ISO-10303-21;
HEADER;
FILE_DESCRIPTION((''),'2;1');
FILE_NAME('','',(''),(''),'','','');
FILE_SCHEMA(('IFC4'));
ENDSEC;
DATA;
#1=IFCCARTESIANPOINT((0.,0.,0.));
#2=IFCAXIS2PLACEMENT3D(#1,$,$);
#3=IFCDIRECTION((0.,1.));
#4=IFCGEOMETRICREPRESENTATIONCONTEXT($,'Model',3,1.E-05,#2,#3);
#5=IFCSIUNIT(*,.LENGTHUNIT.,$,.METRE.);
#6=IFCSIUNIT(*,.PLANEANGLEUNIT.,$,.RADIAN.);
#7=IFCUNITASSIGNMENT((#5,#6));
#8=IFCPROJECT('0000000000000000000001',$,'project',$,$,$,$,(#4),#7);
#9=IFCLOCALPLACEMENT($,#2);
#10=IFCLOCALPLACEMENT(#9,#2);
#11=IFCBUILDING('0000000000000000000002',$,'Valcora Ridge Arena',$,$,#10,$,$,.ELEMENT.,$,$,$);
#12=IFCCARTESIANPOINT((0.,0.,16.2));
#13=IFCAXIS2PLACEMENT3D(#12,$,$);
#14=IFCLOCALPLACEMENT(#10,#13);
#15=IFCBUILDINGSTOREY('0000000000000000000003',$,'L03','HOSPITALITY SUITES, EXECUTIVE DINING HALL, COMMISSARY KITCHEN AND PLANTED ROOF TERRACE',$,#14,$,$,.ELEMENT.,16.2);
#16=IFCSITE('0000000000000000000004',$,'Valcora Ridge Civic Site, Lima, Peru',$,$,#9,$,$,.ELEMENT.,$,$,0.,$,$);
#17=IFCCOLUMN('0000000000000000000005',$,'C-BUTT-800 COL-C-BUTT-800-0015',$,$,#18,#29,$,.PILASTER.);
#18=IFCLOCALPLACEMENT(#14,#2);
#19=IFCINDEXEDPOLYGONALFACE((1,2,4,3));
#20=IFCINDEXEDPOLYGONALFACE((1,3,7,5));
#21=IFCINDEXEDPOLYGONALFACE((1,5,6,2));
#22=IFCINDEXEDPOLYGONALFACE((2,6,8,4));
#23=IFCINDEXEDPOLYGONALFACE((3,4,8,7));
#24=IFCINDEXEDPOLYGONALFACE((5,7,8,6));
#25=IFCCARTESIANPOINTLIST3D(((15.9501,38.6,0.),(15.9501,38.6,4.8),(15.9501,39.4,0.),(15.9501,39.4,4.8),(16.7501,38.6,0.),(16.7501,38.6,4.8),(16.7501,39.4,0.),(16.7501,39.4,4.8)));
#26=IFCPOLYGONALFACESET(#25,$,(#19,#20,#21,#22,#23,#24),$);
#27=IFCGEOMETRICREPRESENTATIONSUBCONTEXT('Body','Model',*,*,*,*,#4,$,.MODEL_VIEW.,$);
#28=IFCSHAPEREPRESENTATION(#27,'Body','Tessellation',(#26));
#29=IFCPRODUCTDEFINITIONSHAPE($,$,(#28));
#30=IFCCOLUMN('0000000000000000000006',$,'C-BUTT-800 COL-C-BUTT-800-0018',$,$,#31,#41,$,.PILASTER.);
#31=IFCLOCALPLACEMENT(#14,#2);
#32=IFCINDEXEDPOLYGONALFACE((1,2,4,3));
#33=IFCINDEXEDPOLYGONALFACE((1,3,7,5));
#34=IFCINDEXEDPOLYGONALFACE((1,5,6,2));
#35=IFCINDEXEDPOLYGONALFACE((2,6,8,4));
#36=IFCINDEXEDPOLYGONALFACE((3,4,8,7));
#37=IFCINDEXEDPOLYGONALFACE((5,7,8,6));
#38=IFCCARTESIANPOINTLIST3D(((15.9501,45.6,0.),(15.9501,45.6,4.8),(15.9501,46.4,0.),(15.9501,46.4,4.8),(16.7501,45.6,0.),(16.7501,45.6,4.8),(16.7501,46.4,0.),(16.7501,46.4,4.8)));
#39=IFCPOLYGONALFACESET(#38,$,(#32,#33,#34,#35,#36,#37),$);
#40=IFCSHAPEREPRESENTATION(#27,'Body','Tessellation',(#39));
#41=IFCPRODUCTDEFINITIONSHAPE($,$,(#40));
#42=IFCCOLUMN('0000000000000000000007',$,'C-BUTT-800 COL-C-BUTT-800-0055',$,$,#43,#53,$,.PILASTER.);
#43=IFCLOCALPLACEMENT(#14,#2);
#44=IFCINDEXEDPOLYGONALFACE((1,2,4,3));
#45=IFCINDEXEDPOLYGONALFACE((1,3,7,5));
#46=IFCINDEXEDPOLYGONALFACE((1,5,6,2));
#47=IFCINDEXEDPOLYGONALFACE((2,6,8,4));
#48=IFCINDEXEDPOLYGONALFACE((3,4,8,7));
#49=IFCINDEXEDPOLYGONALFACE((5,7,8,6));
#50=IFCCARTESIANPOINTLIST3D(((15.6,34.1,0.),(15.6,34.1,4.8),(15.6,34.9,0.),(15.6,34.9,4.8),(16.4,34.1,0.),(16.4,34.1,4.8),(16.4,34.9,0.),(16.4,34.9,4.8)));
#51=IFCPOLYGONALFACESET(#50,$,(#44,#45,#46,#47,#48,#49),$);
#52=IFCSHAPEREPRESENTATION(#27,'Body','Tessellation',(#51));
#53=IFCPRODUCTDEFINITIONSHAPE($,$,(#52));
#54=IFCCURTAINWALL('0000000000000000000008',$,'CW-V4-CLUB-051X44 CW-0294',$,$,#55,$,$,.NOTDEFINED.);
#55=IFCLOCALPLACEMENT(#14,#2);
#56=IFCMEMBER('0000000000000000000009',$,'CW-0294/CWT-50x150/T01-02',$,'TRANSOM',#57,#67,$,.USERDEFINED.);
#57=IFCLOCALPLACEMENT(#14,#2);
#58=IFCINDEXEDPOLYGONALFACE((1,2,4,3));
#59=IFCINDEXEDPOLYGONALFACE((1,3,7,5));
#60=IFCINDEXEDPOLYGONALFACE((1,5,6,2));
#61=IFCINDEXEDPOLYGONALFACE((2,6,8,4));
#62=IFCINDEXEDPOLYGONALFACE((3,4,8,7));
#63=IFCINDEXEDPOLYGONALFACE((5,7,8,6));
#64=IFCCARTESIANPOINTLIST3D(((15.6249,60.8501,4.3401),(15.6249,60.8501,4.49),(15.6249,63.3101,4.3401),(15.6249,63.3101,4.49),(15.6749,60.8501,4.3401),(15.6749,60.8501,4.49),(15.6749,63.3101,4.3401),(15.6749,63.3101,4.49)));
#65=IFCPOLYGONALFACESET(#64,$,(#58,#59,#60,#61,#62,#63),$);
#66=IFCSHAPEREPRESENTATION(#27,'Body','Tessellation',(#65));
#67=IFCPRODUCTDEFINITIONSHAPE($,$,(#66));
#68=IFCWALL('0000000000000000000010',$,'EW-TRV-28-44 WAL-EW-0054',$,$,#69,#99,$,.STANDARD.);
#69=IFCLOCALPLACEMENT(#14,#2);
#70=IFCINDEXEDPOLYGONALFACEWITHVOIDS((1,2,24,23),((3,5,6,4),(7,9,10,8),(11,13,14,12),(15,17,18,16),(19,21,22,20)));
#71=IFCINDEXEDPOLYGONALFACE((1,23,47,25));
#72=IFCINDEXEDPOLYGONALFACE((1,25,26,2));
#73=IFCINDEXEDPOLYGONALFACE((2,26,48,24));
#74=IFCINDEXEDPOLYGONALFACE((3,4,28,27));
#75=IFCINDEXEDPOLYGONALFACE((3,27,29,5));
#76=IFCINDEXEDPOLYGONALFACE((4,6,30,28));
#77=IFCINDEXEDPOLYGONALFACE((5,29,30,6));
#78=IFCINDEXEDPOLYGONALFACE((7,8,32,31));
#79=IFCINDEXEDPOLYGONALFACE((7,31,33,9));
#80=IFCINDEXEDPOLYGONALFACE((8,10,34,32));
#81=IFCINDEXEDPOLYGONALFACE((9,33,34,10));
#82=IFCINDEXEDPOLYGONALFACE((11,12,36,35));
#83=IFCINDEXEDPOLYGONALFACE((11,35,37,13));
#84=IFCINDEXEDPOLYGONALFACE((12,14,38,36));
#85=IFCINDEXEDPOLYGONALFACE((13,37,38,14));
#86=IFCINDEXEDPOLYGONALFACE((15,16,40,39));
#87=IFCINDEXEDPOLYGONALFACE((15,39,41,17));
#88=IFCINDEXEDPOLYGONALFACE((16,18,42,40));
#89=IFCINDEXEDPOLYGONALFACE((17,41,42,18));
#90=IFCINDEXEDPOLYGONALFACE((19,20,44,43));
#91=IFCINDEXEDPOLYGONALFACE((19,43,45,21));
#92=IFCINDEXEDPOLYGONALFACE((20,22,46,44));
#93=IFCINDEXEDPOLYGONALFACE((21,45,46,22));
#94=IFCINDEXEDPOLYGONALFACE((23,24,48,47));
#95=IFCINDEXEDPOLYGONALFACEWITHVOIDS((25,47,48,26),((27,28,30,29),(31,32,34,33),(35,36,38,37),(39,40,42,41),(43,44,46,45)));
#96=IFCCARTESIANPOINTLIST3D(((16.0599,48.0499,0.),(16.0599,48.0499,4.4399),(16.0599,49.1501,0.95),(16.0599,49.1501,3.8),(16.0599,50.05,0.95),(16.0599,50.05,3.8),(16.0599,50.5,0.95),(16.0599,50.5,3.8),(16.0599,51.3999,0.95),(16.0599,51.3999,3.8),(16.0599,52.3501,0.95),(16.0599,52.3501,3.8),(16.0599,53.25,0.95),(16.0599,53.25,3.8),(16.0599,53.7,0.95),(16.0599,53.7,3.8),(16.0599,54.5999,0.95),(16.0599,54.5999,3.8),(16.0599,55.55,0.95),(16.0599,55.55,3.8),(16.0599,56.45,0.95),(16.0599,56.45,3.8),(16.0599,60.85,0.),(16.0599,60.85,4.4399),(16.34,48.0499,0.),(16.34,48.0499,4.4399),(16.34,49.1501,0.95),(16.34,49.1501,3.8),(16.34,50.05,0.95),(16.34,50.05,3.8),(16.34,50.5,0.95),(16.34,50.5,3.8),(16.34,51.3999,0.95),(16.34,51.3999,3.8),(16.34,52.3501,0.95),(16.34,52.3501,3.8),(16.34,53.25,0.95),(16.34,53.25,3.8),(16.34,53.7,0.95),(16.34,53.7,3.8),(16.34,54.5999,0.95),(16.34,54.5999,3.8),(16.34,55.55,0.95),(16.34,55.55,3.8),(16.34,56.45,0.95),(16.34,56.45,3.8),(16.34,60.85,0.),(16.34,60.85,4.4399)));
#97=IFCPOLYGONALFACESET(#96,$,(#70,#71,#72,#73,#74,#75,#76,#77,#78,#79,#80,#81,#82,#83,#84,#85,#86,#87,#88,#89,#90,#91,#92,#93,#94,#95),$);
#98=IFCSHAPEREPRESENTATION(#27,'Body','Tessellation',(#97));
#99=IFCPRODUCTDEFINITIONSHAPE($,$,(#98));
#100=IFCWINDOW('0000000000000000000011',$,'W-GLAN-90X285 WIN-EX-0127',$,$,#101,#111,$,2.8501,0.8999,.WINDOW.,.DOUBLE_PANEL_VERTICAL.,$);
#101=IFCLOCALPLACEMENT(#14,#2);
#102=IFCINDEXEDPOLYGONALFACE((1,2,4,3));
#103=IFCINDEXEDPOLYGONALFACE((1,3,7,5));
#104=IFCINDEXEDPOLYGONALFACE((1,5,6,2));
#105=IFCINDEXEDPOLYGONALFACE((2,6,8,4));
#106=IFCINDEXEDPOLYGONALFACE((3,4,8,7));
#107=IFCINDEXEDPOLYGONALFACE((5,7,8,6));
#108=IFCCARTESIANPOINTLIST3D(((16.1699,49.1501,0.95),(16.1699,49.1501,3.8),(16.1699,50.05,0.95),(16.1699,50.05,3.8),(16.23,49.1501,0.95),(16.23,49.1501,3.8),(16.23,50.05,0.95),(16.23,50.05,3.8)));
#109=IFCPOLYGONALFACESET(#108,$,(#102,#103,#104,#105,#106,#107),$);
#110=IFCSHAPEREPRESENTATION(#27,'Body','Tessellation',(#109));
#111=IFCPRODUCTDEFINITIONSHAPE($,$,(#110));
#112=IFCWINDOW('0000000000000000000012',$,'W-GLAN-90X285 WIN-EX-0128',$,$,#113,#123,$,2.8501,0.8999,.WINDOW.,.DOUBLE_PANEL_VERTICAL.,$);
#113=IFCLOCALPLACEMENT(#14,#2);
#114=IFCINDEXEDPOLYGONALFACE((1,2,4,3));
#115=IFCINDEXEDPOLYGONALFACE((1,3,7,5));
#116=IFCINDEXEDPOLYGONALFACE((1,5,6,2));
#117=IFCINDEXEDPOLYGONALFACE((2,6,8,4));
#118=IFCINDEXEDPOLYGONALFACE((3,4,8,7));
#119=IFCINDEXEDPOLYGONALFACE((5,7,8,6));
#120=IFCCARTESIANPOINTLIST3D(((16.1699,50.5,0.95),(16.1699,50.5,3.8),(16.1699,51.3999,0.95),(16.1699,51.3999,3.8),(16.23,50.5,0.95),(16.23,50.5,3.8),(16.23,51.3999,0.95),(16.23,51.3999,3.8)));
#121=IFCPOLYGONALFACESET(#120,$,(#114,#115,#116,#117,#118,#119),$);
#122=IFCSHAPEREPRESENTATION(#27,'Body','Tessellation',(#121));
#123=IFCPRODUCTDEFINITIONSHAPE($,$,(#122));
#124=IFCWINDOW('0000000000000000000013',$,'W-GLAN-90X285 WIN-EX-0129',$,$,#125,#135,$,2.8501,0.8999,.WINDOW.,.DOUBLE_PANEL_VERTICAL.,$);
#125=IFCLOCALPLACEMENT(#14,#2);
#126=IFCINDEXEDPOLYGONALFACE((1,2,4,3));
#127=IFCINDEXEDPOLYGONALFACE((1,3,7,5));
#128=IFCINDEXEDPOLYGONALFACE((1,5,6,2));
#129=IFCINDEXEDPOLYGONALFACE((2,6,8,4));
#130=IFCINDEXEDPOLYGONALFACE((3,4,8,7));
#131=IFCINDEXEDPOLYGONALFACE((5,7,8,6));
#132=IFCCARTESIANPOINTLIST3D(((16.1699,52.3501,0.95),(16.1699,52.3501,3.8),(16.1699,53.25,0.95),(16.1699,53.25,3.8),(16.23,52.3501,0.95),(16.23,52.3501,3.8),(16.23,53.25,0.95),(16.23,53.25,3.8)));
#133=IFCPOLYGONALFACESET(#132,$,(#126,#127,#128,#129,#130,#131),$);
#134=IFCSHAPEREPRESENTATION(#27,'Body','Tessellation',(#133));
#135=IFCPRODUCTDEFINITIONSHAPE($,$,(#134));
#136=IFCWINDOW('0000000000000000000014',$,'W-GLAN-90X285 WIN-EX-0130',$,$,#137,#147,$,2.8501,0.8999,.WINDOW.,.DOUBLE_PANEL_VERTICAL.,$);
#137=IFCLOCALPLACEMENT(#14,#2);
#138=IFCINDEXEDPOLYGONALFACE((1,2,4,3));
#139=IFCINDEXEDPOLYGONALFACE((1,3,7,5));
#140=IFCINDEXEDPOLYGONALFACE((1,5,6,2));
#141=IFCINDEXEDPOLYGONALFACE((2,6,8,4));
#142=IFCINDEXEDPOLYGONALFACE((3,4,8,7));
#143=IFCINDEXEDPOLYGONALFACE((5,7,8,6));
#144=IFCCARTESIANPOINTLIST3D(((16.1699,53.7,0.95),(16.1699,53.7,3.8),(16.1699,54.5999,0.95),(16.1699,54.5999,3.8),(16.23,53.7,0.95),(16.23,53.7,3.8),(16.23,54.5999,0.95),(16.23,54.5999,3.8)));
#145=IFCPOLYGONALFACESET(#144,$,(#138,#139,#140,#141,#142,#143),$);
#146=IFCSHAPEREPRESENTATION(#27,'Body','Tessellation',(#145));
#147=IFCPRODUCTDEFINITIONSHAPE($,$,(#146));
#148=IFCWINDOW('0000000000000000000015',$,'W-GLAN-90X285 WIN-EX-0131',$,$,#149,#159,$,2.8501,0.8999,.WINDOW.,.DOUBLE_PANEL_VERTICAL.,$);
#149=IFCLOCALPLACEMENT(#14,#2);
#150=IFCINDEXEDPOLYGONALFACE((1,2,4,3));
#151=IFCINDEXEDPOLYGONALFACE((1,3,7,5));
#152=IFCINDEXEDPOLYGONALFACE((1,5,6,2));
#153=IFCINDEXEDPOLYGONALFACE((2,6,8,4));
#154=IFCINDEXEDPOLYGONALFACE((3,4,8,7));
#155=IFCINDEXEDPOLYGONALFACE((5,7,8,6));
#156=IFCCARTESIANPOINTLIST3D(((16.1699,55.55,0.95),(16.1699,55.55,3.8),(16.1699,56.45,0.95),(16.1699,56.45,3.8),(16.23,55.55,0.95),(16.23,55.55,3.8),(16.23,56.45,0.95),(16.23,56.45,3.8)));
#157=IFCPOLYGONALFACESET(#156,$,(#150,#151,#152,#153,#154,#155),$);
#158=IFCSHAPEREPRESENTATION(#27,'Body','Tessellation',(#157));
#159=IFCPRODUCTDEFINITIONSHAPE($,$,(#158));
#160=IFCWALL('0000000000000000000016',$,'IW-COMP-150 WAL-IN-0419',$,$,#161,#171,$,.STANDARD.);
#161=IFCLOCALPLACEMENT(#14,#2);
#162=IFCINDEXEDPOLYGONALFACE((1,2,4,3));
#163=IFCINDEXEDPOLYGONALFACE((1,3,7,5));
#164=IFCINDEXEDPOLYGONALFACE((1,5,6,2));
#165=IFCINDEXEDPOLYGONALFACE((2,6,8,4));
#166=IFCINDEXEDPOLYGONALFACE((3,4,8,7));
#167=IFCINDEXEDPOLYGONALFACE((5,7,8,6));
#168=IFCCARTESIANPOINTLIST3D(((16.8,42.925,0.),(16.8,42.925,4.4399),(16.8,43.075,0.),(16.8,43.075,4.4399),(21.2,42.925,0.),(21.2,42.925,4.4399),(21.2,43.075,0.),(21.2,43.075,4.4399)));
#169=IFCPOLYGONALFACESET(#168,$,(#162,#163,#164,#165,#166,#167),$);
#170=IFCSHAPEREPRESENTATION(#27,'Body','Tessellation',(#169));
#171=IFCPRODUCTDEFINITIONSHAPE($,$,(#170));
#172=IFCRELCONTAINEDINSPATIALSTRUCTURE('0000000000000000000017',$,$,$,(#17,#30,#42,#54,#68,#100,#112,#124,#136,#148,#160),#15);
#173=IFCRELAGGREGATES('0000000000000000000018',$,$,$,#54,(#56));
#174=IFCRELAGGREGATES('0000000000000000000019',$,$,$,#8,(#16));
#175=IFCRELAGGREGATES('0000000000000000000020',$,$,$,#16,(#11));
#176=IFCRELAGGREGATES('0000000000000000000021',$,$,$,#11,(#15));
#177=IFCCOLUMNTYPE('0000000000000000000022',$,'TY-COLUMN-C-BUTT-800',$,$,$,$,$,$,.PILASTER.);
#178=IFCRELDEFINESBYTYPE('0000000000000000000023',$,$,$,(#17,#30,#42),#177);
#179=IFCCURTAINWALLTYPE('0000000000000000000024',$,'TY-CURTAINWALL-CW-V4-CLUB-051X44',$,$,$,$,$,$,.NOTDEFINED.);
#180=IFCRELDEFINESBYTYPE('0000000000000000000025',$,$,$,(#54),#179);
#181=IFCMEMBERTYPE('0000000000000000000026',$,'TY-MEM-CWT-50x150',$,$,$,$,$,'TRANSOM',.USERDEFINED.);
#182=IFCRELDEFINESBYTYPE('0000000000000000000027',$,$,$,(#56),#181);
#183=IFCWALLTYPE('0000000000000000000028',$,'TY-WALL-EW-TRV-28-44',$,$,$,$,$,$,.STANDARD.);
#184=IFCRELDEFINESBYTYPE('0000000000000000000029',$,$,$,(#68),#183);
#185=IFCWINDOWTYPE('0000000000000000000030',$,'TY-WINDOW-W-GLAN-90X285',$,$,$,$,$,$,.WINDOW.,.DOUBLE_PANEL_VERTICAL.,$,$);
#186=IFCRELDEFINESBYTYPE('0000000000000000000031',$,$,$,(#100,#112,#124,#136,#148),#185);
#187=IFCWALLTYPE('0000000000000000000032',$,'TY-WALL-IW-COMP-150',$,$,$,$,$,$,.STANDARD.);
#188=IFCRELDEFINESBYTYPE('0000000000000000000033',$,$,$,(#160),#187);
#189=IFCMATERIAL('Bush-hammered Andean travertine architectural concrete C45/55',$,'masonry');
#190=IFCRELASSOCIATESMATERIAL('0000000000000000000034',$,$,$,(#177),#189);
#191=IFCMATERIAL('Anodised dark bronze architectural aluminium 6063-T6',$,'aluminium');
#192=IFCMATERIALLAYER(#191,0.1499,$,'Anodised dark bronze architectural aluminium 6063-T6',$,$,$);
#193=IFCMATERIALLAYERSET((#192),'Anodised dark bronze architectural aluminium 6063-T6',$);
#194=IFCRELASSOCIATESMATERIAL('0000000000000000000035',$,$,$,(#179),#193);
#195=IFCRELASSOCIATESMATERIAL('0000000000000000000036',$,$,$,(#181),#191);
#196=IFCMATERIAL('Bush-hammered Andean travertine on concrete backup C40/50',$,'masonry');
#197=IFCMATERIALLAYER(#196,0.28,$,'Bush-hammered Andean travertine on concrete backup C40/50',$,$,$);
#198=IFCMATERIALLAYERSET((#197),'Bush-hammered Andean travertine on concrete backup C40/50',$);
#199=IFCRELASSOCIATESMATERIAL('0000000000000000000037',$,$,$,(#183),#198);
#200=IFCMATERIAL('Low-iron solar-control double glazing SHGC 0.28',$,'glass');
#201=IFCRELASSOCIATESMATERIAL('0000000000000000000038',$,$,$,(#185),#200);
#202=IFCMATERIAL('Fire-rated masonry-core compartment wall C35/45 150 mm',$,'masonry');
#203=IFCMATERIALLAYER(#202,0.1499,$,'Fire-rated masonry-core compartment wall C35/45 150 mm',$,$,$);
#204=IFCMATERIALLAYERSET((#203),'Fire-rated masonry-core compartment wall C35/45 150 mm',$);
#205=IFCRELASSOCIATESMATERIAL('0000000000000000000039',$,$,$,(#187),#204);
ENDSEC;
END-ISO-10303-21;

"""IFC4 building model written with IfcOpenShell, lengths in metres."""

from ifc_helpers import new_model, si_unit, direction, frame, frame_2d, origin, origin_2d, place, context, subcontext, project, spatial, rectangle, extrude, material, layer, layer_set, material_profile, profile_set, type_object, element, fill, aggregate, save


model = new_model("IFC4")

# Units and contexts
model_context = context("Model", 3, precision=1e-05, world=origin(), true_north=direction((0.0, 1.0)))
body_context = subcontext(model_context, "Body", "Model", "MODEL_VIEW")
ifc_project = project(units=[si_unit("LENGTHUNIT", "METRE"), si_unit("PLANEANGLEUNIT", "RADIAN")], contexts=[model_context])

# Site, building, storey
site_placement = place(None, origin())
site = spatial("IfcSite", under=ifc_project, at=site_placement, Name="Valcora Ridge Civic Site, Lima, Peru", CompositionType="ELEMENT", RefElevation=0.0)
building_placement = place(site_placement, origin())
building = spatial("IfcBuilding", under=site, at=building_placement, Name="Valcora Ridge Arena", CompositionType="ELEMENT")
storey_placement = place(building_placement, frame((0.0, 0.0, 16.2)))
storey = spatial("IfcBuildingStorey", under=building, at=storey_placement, Name="L03", Description="HOSPITALITY SUITES, EXECUTIVE DINING HALL, COMMISSARY KITCHEN AND PLANTED ROOF TERRACE", CompositionType="ELEMENT", Elevation=16.2)

# Columns
ifc_material_1 = material(Name="Bush-hammered Andean travertine architectural concrete C45/55", Category="masonry")
ifc_material_profile_1 = material_profile(ifc_material_1, rectangle(XDim=0.8, YDim=0.8, at=origin_2d()), Name="RC 800x800")
ifc_profile_set_1 = profile_set([ifc_material_profile_1], Name="Bush-hammered Andean travertine architectural concrete C45/55")
column_type = type_object("IfcColumnType", Name="TY-COLUMN-C-BUTT-800", PredefinedType="PILASTER", material=ifc_profile_set_1)
for number, where, z_axis, x_axis, name in (
    (1, (16.3501, 39.0, 0.0), (0.0, 0.0, 1.0), (1.0, 0.0, 0.0), "C-BUTT-800 COL-C-BUTT-800-0015"),
    (2, (16.3501, 46.0, 0.0), (0.0, 0.0, 1.0), (1.0, 0.0, 0.0), "C-BUTT-800 COL-C-BUTT-800-0018"),
    (3, (16.0, 34.5, 0.0), (0.0, 0.0, 1.0), (1.0, 0.0, 0.0), "C-BUTT-800 COL-C-BUTT-800-0055"),
):
    element("IfcColumn", number, at=place(storey_placement, frame(where, z_axis=z_axis, x_axis=x_axis)), inside=storey, type_object=column_type, Name=name, PredefinedType="PILASTER", context=body_context, shape_type="SweptSolid", body=[
        extrude(rectangle(XDim=0.8, YDim=0.8, at=origin_2d()), origin(), (0.0, 0.0, 1.0), 4.8),
    ])

# Curtain wall, member
ifc_material_2 = material(Name="Anodised dark bronze architectural aluminium 6063-T6", Category="aluminium")
ifc_layer_1 = layer(ifc_material_2, 0.1499, Name="Anodised dark bronze architectural aluminium 6063-T6")
ifc_layer_set_1 = layer_set([ifc_layer_1], Name="Anodised dark bronze architectural aluminium 6063-T6")
curtain_wall_type = type_object("IfcCurtainWallType", Name="TY-CURTAINWALL-CW-V4-CLUB-051X44", PredefinedType="NOTDEFINED", material=ifc_layer_set_1)
curtain_wall_placement = place(storey_placement, origin())
curtain_wall = element("IfcCurtainWall", 4, at=curtain_wall_placement, inside=storey, type_object=curtain_wall_type, Name="CW-V4-CLUB-051X44 CW-0294", PredefinedType="NOTDEFINED")
ifc_material_profile_2 = material_profile(ifc_material_2, rectangle(XDim=0.05, YDim=0.1499, at=origin_2d()), Name="ALU TRANSOM 50x150")
ifc_profile_set_2 = profile_set([ifc_material_profile_2], Name="Anodised dark bronze architectural aluminium 6063-T6")
member_type = type_object("IfcMemberType", Name="TY-MEM-CWT-50x150", ElementType="TRANSOM", PredefinedType="USERDEFINED", material=ifc_profile_set_2)
member_placement = place(storey_placement, frame((15.6499, 60.8501, 4.415), z_axis=(0.0, 1.0, 0.0), x_axis=(-1.0, 0.0, 0.0)))
member = element("IfcMember", 5, at=member_placement, type_object=member_type, Name="CW-0294/CWT-50x150/T01-02", ObjectType="TRANSOM", PredefinedType="USERDEFINED", context=body_context, shape_type="SweptSolid", body=[
    extrude(rectangle(XDim=0.05, YDim=0.1499, at=origin_2d()), origin(), (0.0, 0.0, 1.0), 2.46),
])
aggregate(curtain_wall, [member])

# Wall, openings, windows
ifc_material_3 = material(Name="Bush-hammered Andean travertine on concrete backup C40/50", Category="masonry")
ifc_layer_2 = layer(ifc_material_3, 0.28, Name="Bush-hammered Andean travertine on concrete backup C40/50")
ifc_layer_set_2 = layer_set([ifc_layer_2], Name="Bush-hammered Andean travertine on concrete backup C40/50")
wall_type_1 = type_object("IfcWallType", Name="TY-WALL-EW-TRV-28-44", PredefinedType="STANDARD", material=ifc_layer_set_2)
wall_1_placement = place(storey_placement, frame((16.2, 48.05, 0.0), z_axis=(0.0, 0.0, 1.0), x_axis=(0.0, 1.0, 0.0)))
wall_1 = element("IfcWall", 6, at=wall_1_placement, inside=storey, type_object=wall_type_1, Name="EW-TRV-28-44 WAL-EW-0054", PredefinedType="STANDARD", context=body_context, shape_type="SweptSolid", body=[
    extrude(rectangle(XDim=12.8, YDim=0.28, at=frame_2d((6.3999, 0.0))), origin(), (0.0, 0.0, 1.0), 4.4399),
])
opening_1_placement = place(wall_1_placement, frame((1.1001, 0.0, 0.95)))
opening_1 = element("IfcOpeningElement", 7, at=opening_1_placement, cuts=wall_1, PredefinedType="OPENING", context=body_context, shape_type="SweptSolid", body=[
    extrude(rectangle(XDim=0.8999, YDim=2.8501, at=frame_2d((0.45, 1.425))), frame((0.0, 0.1499, 0.0), z_axis=(0.0, -1.0, 0.0), x_axis=(1.0, 0.0, 0.0)), (0.0, 0.0, 1.0), 0.3),
])
opening_2_placement = place(wall_1_placement, frame((2.45, 0.0, 0.95)))
opening_2 = element("IfcOpeningElement", 8, at=opening_2_placement, cuts=wall_1, PredefinedType="OPENING", context=body_context, shape_type="SweptSolid", body=[
    extrude(rectangle(XDim=0.8999, YDim=2.8501, at=frame_2d((0.45, 1.425))), frame((0.0, 0.1499, 0.0), z_axis=(0.0, -1.0, 0.0), x_axis=(1.0, 0.0, 0.0)), (0.0, 0.0, 1.0), 0.3),
])
opening_3_placement = place(wall_1_placement, frame((4.3, 0.0, 0.95)))
opening_3 = element("IfcOpeningElement", 9, at=opening_3_placement, cuts=wall_1, PredefinedType="OPENING", context=body_context, shape_type="SweptSolid", body=[
    extrude(rectangle(XDim=0.8999, YDim=2.8501, at=frame_2d((0.45, 1.425))), frame((0.0, 0.1499, 0.0), z_axis=(0.0, -1.0, 0.0), x_axis=(1.0, 0.0, 0.0)), (0.0, 0.0, 1.0), 0.3),
])
opening_4_placement = place(wall_1_placement, frame((5.6499, 0.0, 0.95)))
opening_4 = element("IfcOpeningElement", 10, at=opening_4_placement, cuts=wall_1, PredefinedType="OPENING", context=body_context, shape_type="SweptSolid", body=[
    extrude(rectangle(XDim=0.8999, YDim=2.8501, at=frame_2d((0.45, 1.425))), frame((0.0, 0.1499, 0.0), z_axis=(0.0, -1.0, 0.0), x_axis=(1.0, 0.0, 0.0)), (0.0, 0.0, 1.0), 0.3),
])
opening_5_placement = place(wall_1_placement, frame((7.5, 0.0, 0.95)))
opening_5 = element("IfcOpeningElement", 11, at=opening_5_placement, cuts=wall_1, PredefinedType="OPENING", context=body_context, shape_type="SweptSolid", body=[
    extrude(rectangle(XDim=0.8999, YDim=2.8501, at=frame_2d((0.45, 1.425))), frame((0.0, 0.1499, 0.0), z_axis=(0.0, -1.0, 0.0), x_axis=(1.0, 0.0, 0.0)), (0.0, 0.0, 1.0), 0.3),
])
ifc_material_4 = material(Name="Low-iron solar-control double glazing SHGC 0.28", Category="glass")
window_type = type_object("IfcWindowType", Name="TY-WINDOW-W-GLAN-90X285", PartitioningType="DOUBLE_PANEL_VERTICAL", PredefinedType="WINDOW", material=ifc_material_4)
window_1_placement = place(opening_1_placement, origin())
window_1 = element("IfcWindow", 12, at=window_1_placement, inside=storey, type_object=window_type, Name="W-GLAN-90X285 WIN-EX-0127", OverallHeight=2.8501, OverallWidth=0.8999, PartitioningType="DOUBLE_PANEL_VERTICAL", PredefinedType="WINDOW", context=body_context, shape_type="SweptSolid", body=[
    extrude(rectangle(XDim=0.8999, YDim=2.8501, at=frame_2d((0.45, 1.425))), frame((0.0, 0.03, 0.0), z_axis=(0.0, -1.0, 0.0), x_axis=(1.0, 0.0, 0.0)), (0.0, 0.0, 1.0), 0.0601),
])
fill(opening_1, window_1)
window_2_placement = place(opening_2_placement, origin())
window_2 = element("IfcWindow", 13, at=window_2_placement, inside=storey, type_object=window_type, Name="W-GLAN-90X285 WIN-EX-0128", OverallHeight=2.8501, OverallWidth=0.8999, PartitioningType="DOUBLE_PANEL_VERTICAL", PredefinedType="WINDOW", context=body_context, shape_type="SweptSolid", body=[
    extrude(rectangle(XDim=0.8999, YDim=2.8501, at=frame_2d((0.45, 1.425))), frame((0.0, 0.03, 0.0), z_axis=(0.0, -1.0, 0.0), x_axis=(1.0, 0.0, 0.0)), (0.0, 0.0, 1.0), 0.0601),
])
fill(opening_2, window_2)
window_3_placement = place(opening_3_placement, origin())
window_3 = element("IfcWindow", 14, at=window_3_placement, inside=storey, type_object=window_type, Name="W-GLAN-90X285 WIN-EX-0129", OverallHeight=2.8501, OverallWidth=0.8999, PartitioningType="DOUBLE_PANEL_VERTICAL", PredefinedType="WINDOW", context=body_context, shape_type="SweptSolid", body=[
    extrude(rectangle(XDim=0.8999, YDim=2.8501, at=frame_2d((0.45, 1.425))), frame((0.0, 0.03, 0.0), z_axis=(0.0, -1.0, 0.0), x_axis=(1.0, 0.0, 0.0)), (0.0, 0.0, 1.0), 0.0601),
])
fill(opening_3, window_3)
window_4_placement = place(opening_4_placement, origin())
window_4 = element("IfcWindow", 15, at=window_4_placement, inside=storey, type_object=window_type, Name="W-GLAN-90X285 WIN-EX-0130", OverallHeight=2.8501, OverallWidth=0.8999, PartitioningType="DOUBLE_PANEL_VERTICAL", PredefinedType="WINDOW", context=body_context, shape_type="SweptSolid", body=[
    extrude(rectangle(XDim=0.8999, YDim=2.8501, at=frame_2d((0.45, 1.425))), frame((0.0, 0.03, 0.0), z_axis=(0.0, -1.0, 0.0), x_axis=(1.0, 0.0, 0.0)), (0.0, 0.0, 1.0), 0.0601),
])
fill(opening_4, window_4)
window_5_placement = place(opening_5_placement, origin())
window_5 = element("IfcWindow", 16, at=window_5_placement, inside=storey, type_object=window_type, Name="W-GLAN-90X285 WIN-EX-0131", OverallHeight=2.8501, OverallWidth=0.8999, PartitioningType="DOUBLE_PANEL_VERTICAL", PredefinedType="WINDOW", context=body_context, shape_type="SweptSolid", body=[
    extrude(rectangle(XDim=0.8999, YDim=2.8501, at=frame_2d((0.45, 1.425))), frame((0.0, 0.03, 0.0), z_axis=(0.0, -1.0, 0.0), x_axis=(1.0, 0.0, 0.0)), (0.0, 0.0, 1.0), 0.0601),
])
fill(opening_5, window_5)

# Wall
ifc_material_5 = material(Name="Fire-rated masonry-core compartment wall C35/45 150 mm", Category="masonry")
ifc_layer_3 = layer(ifc_material_5, 0.1499, Name="Fire-rated masonry-core compartment wall C35/45 150 mm")
ifc_layer_set_3 = layer_set([ifc_layer_3], Name="Fire-rated masonry-core compartment wall C35/45 150 mm")
wall_type_2 = type_object("IfcWallType", Name="TY-WALL-IW-COMP-150", PredefinedType="STANDARD", material=ifc_layer_set_3)
for number, where, z_axis, x_axis, name in (
    (17, (16.8, 43.0, 0.0), (0.0, 0.0, 1.0), (1.0, 0.0, 0.0), "IW-COMP-150 WAL-IN-0419"),
):
    element("IfcWall", number, at=place(storey_placement, frame(where, z_axis=z_axis, x_axis=x_axis)), inside=storey, type_object=wall_type_2, Name=name, PredefinedType="STANDARD", context=body_context, shape_type="SweptSolid", body=[
        extrude(rectangle(XDim=4.3999, YDim=0.1499, at=frame_2d((2.2, 0.0))), origin(), (0.0, 0.0, 1.0), 4.4399),
    ])

save(model, "model.ifc")
